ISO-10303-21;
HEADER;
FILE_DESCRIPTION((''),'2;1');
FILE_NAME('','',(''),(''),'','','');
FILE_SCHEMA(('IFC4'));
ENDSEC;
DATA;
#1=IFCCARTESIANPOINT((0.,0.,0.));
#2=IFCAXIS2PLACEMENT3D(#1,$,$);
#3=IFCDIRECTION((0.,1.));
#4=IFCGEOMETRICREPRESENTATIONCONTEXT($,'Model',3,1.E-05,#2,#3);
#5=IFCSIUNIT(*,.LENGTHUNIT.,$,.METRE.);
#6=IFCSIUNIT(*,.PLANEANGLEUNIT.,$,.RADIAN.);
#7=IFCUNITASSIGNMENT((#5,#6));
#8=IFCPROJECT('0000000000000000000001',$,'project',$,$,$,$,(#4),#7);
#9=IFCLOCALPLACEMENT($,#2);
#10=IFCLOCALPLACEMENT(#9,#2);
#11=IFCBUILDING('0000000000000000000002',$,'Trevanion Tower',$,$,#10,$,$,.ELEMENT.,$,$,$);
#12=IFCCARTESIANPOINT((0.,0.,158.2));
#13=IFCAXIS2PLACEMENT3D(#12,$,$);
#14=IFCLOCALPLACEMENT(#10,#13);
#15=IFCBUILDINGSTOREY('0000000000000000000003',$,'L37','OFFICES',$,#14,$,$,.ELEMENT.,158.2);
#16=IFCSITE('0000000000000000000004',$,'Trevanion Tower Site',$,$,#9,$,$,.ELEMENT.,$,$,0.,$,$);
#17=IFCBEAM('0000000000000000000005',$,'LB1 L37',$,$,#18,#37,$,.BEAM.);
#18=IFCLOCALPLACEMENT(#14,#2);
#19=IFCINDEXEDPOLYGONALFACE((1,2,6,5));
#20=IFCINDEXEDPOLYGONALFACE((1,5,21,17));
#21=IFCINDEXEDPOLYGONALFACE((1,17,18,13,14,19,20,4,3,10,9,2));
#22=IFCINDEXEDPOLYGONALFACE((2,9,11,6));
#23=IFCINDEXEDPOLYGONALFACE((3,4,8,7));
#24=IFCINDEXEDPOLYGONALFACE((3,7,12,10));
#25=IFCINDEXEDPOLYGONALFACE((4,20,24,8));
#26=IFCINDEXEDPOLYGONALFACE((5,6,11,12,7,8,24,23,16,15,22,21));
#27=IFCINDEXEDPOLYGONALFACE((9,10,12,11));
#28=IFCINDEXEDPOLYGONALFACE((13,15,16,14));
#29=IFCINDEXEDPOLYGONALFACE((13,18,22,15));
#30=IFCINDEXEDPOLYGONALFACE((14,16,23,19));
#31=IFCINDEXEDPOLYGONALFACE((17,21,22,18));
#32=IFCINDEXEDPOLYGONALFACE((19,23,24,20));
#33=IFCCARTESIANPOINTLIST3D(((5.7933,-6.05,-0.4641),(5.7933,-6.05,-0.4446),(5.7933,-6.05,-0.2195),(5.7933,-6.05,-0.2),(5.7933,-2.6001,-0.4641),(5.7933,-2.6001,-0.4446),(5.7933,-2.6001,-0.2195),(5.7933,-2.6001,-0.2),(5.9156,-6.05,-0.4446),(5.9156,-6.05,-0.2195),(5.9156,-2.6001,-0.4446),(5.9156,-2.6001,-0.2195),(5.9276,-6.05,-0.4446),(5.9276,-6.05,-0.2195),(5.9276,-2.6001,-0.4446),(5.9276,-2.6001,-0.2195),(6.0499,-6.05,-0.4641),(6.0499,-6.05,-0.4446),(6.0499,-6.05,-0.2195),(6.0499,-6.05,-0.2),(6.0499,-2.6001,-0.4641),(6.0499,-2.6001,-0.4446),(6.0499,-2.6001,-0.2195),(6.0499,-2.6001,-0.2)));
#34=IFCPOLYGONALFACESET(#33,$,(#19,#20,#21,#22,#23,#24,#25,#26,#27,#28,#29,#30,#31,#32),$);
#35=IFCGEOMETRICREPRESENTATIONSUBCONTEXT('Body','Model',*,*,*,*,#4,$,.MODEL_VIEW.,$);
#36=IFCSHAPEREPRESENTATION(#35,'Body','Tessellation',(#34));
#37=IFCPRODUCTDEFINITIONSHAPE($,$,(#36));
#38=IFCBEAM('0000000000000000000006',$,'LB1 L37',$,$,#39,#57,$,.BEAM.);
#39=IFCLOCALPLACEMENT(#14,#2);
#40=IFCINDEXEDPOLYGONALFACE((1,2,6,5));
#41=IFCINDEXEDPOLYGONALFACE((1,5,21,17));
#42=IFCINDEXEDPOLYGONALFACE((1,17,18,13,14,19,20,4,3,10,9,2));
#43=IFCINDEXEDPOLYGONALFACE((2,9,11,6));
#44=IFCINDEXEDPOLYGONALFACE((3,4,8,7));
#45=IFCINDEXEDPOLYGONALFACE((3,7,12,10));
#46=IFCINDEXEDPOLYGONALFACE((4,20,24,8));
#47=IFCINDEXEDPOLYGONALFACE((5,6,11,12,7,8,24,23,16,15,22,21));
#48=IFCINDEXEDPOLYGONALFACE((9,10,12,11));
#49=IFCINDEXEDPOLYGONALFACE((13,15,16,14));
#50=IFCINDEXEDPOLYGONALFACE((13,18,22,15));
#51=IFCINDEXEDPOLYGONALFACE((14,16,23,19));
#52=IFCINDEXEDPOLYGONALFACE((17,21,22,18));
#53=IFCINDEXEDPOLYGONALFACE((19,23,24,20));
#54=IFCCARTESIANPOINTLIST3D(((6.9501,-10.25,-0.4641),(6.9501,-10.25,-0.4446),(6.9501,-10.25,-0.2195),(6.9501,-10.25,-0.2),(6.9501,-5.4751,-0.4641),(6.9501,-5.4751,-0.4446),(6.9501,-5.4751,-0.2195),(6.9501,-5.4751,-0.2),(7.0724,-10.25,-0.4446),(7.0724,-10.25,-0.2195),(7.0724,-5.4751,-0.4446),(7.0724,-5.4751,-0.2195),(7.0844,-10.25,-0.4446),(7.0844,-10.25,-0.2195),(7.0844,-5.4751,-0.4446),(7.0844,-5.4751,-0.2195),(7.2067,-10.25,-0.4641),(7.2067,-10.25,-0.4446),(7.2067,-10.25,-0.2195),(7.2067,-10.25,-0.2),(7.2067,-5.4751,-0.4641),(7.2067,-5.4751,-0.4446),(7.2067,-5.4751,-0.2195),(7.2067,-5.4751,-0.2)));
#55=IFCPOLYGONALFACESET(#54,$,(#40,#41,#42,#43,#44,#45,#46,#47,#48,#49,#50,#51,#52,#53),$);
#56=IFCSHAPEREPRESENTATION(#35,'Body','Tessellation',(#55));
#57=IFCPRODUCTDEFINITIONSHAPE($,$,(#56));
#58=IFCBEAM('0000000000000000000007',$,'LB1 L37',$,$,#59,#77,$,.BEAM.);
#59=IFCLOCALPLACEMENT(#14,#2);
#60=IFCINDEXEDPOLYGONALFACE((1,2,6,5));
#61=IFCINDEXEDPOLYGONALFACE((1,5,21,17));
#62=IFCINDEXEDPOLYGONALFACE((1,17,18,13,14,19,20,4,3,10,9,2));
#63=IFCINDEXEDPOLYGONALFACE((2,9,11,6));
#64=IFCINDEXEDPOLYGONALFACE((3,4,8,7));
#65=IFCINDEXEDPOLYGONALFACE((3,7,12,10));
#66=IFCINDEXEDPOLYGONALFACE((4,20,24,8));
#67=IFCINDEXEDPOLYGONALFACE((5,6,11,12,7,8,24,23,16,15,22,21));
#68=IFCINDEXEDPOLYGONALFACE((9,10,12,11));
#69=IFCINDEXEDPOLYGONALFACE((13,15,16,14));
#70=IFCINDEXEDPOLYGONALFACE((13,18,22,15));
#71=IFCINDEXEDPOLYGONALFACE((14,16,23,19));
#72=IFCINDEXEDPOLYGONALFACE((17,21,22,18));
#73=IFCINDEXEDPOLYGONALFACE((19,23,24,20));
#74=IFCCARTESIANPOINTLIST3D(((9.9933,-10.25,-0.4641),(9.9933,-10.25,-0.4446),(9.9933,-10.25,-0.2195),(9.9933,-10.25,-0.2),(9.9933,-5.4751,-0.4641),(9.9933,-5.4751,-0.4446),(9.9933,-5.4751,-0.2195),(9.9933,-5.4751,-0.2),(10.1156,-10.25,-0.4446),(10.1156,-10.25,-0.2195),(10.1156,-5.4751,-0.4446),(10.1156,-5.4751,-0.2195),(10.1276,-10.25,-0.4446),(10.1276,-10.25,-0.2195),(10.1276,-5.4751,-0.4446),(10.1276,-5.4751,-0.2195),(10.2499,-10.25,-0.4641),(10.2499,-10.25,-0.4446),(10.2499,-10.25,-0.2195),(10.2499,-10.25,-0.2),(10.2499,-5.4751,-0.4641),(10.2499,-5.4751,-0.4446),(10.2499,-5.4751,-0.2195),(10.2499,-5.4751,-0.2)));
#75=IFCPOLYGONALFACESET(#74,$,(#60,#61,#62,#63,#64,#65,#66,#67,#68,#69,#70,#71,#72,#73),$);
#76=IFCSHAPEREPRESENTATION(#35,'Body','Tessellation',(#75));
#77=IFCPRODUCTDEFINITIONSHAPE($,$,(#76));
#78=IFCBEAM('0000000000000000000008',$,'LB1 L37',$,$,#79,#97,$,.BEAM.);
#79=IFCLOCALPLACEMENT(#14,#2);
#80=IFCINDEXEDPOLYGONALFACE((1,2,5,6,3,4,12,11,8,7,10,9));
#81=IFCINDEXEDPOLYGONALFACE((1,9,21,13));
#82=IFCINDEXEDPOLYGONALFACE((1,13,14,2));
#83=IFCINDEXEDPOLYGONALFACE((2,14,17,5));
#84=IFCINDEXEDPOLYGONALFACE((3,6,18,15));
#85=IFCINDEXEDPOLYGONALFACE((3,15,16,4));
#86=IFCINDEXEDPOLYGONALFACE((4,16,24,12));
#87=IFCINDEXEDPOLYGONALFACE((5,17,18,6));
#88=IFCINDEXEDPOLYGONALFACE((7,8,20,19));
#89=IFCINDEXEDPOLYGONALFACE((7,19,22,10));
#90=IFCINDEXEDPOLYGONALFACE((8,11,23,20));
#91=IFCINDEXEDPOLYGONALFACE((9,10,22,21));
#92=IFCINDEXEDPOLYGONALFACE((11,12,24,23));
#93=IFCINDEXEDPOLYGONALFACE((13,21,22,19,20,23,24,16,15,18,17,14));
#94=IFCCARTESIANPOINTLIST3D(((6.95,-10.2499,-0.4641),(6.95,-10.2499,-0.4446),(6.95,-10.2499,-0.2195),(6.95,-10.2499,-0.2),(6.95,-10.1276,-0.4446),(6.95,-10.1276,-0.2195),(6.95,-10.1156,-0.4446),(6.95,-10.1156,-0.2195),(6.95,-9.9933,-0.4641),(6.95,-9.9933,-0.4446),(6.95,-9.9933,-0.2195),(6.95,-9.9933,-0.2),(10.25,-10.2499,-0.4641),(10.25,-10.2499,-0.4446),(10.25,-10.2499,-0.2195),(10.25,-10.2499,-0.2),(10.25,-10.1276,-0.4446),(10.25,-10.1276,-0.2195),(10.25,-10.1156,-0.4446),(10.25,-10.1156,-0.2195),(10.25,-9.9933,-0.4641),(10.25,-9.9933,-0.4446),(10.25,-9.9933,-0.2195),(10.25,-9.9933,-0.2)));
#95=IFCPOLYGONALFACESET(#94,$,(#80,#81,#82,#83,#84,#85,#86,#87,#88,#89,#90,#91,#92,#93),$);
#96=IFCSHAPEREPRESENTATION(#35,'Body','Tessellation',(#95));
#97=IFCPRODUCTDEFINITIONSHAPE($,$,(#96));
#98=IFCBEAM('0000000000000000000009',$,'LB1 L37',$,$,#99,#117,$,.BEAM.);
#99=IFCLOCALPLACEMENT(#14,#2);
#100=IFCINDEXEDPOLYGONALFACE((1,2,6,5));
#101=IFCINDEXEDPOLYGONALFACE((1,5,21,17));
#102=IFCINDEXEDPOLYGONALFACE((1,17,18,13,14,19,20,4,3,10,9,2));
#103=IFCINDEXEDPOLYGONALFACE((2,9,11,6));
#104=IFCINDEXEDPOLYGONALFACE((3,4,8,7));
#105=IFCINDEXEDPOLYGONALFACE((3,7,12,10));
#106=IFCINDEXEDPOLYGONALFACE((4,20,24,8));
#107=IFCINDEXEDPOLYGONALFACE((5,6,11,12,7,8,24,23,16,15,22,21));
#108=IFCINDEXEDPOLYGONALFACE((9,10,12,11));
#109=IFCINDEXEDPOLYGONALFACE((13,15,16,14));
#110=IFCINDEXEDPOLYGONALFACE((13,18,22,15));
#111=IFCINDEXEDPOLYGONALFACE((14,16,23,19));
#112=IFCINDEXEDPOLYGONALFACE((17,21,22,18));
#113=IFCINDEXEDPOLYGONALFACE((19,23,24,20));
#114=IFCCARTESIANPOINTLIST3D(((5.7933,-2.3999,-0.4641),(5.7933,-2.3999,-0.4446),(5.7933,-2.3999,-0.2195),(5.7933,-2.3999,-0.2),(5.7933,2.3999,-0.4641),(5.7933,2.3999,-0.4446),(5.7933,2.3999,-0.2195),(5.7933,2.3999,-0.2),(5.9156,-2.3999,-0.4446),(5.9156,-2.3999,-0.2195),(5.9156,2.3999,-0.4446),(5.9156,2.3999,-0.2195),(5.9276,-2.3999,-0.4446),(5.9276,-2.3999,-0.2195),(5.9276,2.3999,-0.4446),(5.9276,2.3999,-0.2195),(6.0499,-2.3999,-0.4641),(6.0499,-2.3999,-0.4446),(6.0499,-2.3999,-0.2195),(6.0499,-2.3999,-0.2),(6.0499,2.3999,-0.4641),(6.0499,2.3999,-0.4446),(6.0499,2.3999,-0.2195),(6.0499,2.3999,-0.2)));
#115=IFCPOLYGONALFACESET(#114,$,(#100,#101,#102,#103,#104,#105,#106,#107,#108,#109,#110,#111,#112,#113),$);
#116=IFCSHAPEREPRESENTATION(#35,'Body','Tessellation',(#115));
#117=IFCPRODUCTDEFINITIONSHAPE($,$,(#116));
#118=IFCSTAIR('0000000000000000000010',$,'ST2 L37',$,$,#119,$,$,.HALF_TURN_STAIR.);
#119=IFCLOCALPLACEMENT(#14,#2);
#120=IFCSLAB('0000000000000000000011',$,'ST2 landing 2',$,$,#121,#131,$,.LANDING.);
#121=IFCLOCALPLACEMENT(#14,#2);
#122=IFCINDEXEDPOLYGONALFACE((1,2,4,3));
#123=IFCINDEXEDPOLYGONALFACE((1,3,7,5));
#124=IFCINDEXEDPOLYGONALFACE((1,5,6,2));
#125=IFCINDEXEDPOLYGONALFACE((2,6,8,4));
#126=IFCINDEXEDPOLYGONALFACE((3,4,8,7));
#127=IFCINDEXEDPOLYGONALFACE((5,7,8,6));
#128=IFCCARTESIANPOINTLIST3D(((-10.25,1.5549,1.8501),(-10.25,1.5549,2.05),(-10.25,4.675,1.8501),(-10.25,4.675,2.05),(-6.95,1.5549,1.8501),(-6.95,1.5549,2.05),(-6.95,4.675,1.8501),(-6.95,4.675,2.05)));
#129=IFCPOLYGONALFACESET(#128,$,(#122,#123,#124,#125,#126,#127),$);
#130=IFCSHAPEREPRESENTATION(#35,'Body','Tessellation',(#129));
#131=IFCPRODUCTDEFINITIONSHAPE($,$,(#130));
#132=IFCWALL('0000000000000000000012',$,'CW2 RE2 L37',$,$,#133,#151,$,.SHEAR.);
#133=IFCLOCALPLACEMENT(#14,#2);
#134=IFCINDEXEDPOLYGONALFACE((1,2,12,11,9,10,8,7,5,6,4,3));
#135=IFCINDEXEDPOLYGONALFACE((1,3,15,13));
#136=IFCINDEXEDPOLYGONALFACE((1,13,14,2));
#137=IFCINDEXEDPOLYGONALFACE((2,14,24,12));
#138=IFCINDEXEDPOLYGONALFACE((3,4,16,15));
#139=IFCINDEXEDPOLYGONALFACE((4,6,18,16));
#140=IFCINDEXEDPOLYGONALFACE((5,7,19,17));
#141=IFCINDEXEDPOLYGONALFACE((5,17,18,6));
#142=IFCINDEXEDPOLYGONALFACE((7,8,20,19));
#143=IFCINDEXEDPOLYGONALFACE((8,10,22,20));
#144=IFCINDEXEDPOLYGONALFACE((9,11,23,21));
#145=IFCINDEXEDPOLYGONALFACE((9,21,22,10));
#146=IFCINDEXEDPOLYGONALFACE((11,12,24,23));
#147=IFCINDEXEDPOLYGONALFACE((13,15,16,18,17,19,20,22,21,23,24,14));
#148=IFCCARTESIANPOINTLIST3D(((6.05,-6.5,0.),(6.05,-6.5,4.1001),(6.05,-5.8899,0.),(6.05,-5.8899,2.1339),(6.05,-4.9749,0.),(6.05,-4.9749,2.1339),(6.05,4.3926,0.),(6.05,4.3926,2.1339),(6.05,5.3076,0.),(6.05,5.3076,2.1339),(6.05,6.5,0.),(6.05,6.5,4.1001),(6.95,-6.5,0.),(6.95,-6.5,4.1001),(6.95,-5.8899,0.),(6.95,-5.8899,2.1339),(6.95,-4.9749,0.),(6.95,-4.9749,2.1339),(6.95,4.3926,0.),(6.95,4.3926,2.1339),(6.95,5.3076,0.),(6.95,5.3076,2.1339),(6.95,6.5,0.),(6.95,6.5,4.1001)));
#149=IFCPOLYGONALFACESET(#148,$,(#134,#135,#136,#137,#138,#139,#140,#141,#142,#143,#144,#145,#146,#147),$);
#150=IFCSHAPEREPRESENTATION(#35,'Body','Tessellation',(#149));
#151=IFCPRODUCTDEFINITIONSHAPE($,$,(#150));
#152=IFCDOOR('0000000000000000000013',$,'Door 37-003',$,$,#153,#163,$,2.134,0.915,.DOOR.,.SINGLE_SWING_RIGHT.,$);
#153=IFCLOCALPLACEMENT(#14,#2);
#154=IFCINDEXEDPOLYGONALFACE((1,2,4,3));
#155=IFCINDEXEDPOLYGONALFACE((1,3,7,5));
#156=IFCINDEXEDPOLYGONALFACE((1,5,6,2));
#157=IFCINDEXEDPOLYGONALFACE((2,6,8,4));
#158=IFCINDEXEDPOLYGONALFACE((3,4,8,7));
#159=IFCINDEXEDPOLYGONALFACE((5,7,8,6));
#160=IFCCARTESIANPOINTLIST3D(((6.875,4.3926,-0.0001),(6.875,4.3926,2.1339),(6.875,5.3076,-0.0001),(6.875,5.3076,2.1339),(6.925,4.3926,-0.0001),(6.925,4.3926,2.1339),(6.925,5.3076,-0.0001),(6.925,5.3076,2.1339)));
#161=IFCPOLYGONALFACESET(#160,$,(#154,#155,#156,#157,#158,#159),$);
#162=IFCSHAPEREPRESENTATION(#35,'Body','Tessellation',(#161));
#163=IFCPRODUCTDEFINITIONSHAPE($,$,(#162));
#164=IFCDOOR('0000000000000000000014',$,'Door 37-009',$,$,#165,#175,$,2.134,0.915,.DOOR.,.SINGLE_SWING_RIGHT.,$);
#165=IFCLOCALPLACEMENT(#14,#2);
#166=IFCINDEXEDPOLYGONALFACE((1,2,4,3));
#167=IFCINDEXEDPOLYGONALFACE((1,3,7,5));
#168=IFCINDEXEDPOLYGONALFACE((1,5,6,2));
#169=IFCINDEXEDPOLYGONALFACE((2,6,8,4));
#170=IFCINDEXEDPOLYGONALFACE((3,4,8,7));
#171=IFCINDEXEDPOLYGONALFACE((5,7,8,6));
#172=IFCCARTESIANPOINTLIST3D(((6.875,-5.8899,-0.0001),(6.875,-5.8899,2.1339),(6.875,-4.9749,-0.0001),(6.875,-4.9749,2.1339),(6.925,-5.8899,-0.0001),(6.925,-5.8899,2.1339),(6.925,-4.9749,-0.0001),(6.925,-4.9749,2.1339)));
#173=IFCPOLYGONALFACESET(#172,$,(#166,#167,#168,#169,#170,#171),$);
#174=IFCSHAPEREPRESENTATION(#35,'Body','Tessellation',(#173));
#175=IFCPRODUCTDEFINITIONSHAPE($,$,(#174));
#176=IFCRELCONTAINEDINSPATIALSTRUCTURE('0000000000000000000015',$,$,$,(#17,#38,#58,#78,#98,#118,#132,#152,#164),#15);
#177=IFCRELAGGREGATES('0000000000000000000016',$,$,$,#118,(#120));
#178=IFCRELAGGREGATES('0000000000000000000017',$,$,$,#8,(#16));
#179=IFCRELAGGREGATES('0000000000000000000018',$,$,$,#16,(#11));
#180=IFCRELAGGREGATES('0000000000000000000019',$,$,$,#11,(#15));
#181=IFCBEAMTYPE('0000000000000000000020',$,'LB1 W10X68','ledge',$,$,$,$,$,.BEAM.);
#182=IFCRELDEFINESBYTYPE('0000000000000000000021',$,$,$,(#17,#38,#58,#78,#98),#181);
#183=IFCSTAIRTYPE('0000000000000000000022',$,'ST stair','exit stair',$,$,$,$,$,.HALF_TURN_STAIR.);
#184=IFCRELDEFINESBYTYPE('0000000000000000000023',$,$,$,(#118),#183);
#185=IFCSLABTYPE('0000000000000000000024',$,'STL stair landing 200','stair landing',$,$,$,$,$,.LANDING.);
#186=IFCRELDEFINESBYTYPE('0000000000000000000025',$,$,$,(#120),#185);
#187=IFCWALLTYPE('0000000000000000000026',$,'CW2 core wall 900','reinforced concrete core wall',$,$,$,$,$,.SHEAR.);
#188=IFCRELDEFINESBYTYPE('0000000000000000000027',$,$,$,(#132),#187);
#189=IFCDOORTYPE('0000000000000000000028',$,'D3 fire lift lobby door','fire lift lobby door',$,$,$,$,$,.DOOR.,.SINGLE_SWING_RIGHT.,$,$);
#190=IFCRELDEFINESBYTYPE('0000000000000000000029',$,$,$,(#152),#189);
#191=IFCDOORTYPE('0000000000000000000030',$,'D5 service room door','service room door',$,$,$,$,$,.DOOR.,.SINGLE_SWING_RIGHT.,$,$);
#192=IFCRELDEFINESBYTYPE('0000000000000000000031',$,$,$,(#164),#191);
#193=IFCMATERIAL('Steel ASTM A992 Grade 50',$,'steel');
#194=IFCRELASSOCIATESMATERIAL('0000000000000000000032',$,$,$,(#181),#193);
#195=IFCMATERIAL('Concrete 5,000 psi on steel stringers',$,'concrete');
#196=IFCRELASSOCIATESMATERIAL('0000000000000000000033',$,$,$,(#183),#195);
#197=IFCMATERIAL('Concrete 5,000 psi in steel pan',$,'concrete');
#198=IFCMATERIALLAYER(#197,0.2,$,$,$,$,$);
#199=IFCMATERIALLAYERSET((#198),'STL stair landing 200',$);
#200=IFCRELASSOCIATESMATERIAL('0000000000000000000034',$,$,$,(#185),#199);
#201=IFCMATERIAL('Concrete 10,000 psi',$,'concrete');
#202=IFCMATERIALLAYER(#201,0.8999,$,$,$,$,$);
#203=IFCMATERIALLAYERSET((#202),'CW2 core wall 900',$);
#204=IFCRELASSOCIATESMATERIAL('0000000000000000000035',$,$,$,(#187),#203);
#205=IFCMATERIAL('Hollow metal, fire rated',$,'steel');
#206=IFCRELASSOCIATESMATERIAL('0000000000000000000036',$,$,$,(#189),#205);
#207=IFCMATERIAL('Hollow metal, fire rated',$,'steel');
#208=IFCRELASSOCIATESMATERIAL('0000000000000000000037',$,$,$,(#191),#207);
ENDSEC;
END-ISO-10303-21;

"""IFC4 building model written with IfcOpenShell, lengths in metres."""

from ifc_helpers import new_model, si_unit, direction, frame, frame_2d, origin, origin_2d, place, context, subcontext, project, spatial, polyline, rectangle, i_section, outline, extrude, material, layer, layer_set, material_profile, profile_set, type_object, element, fill, aggregate, save


model = new_model("IFC4")

# Units and contexts
model_context = context("Model", 3, precision=1e-05, world=origin(), true_north=direction((0.0, 1.0)))
body_context = subcontext(model_context, "Body", "Model", "MODEL_VIEW")
ifc_project = project(units=[si_unit("LENGTHUNIT", "METRE"), si_unit("PLANEANGLEUNIT", "RADIAN")], contexts=[model_context])

# Site, building, storey
site_placement = place(None, origin())
site = spatial("IfcSite", under=ifc_project, at=site_placement, Name="Trevanion Tower Site", CompositionType="ELEMENT", RefElevation=0.0)
building_placement = place(site_placement, origin())
building = spatial("IfcBuilding", under=site, at=building_placement, Name="Trevanion Tower", CompositionType="ELEMENT")
storey_placement = place(building_placement, frame((0.0, 0.0, 158.2)))
storey = spatial("IfcBuildingStorey", under=building, at=storey_placement, Name="L37", Description="OFFICES", CompositionType="ELEMENT", Elevation=158.2)

# Beams
ifc_material_1 = material(Name="Steel ASTM A992 Grade 50", Category="steel")
ifc_material_profile = material_profile(ifc_material_1, i_section(OverallWidth=0.2566, OverallDepth=0.2642, WebThickness=0.012, FlangeThickness=0.0195, at=origin_2d()), Name="W10X68")
ifc_profile_set = profile_set([ifc_material_profile], Name="Steel ASTM A992 Grade 50")
beam_type = type_object("IfcBeamType", Name="LB1 W10X68", Description="ledge", PredefinedType="BEAM", material=ifc_profile_set)
beam_1_placement = place(storey_placement, frame((5.9216, -6.05, -0.332), z_axis=(0.0, 1.0, 0.0), x_axis=(-1.0, 0.0, 0.0)))
element("IfcBeam", 1, at=beam_1_placement, inside=storey, type_object=beam_type, Name="LB1 L37", PredefinedType="BEAM", context=body_context, shape_type="SweptSolid", body=[
    extrude(i_section(OverallWidth=0.2566, OverallDepth=0.2642, WebThickness=0.012, FlangeThickness=0.0195, at=origin_2d()), origin(), (0.0, 0.0, 1.0), 3.45),
])
for number, where, z_axis, x_axis, name in (
    (2, (7.0784, -10.25, -0.332), (0.0, 1.0, 0.0), (-1.0, 0.0, 0.0), "LB1 L37"),
    (3, (10.1216, -10.25, -0.332), (0.0, 1.0, 0.0), (-1.0, 0.0, 0.0), "LB1 L37"),
):
    element("IfcBeam", number, at=place(storey_placement, frame(where, z_axis=z_axis, x_axis=x_axis)), inside=storey, type_object=beam_type, Name=name, PredefinedType="BEAM", context=body_context, shape_type="SweptSolid", body=[
        extrude(i_section(OverallWidth=0.2566, OverallDepth=0.2642, WebThickness=0.012, FlangeThickness=0.0195, at=origin_2d()), origin(), (0.0, 0.0, 1.0), 4.7749),
    ])
beam_2_placement = place(storey_placement, frame((6.95, -10.1216, -0.332), z_axis=(1.0, 0.0, 0.0), x_axis=(0.0, 1.0, 0.0)))
element("IfcBeam", 4, at=beam_2_placement, inside=storey, type_object=beam_type, Name="LB1 L37", PredefinedType="BEAM", context=body_context, shape_type="SweptSolid", body=[
    extrude(i_section(OverallWidth=0.2566, OverallDepth=0.2642, WebThickness=0.012, FlangeThickness=0.0195, at=origin_2d()), origin(), (0.0, 0.0, 1.0), 3.3),
])
beam_3_placement = place(storey_placement, frame((5.9216, -2.3999, -0.332), z_axis=(0.0, 1.0, 0.0), x_axis=(-1.0, 0.0, 0.0)))
element("IfcBeam", 5, at=beam_3_placement, inside=storey, type_object=beam_type, Name="LB1 L37", PredefinedType="BEAM", context=body_context, shape_type="SweptSolid", body=[
    extrude(i_section(OverallWidth=0.2566, OverallDepth=0.2642, WebThickness=0.012, FlangeThickness=0.0195, at=origin_2d()), origin(), (0.0, 0.0, 1.0), 4.7998),
])

# Stair, slab
ifc_material_2 = material(Name="Concrete 5,000 psi on steel stringers", Category="concrete")
stair_type = type_object("IfcStairType", Name="ST stair", Description="exit stair", PredefinedType="HALF_TURN_STAIR", material=ifc_material_2)
stair_1_placement = place(storey_placement, origin())
stair_1 = element("IfcStair", 6, at=stair_1_placement, inside=storey, type_object=stair_type, Name="ST2 L37", PredefinedType="HALF_TURN_STAIR")
ifc_material_3 = material(Name="Concrete 5,000 psi in steel pan", Category="concrete")
ifc_layer_1 = layer(ifc_material_3, 0.2)
ifc_layer_set_1 = layer_set([ifc_layer_1], Name="STL stair landing 200")
slab_type = type_object("IfcSlabType", Name="STL stair landing 200", Description="stair landing", PredefinedType="LANDING", material=ifc_layer_set_1)
slab_placement = place(storey_placement, frame((0.0, 0.0, 1.8501)))
slab = element("IfcSlab", 7, at=slab_placement, type_object=slab_type, Name="ST2 landing 2", PredefinedType="LANDING", context=body_context, shape_type="SweptSolid", body=[
    extrude(outline(polyline([(-6.95, 4.675), (-10.25, 4.675), (-10.25, 1.5549), (-6.95, 1.5549), (-6.95, 4.675)])), origin(), (0.0, 0.0, 1.0), 0.2),
])
aggregate(stair_1, [slab])

# Wall, openings, doors
ifc_material_4 = material(Name="Concrete 10,000 psi", Category="concrete")
ifc_layer_2 = layer(ifc_material_4, 0.8999)
ifc_layer_set_2 = layer_set([ifc_layer_2], Name="CW2 core wall 900")
wall_type_1 = type_object("IfcWallType", Name="CW2 core wall 900", Description="reinforced concrete core wall", PredefinedType="SHEAR", material=ifc_layer_set_2)
wall_1_placement = place(storey_placement, frame((6.5, -6.5, 0.0), z_axis=(0.0, 0.0, 1.0), x_axis=(0.0, 1.0, 0.0)))
wall_1 = element("IfcWall", 8, at=wall_1_placement, inside=storey, type_object=wall_type_1, Name="CW2 RE2 L37", PredefinedType="SHEAR", context=body_context, shape_type="SweptSolid", body=[
    extrude(rectangle(XDim=13.0, YDim=0.8999, at=frame_2d((6.5, 0.0))), origin(), (0.0, 0.0, 1.0), 4.1001),
])
opening_1_placement = place(wall_1_placement, frame((10.8926, 0.0, 0.0)))
opening_1 = element("IfcOpeningElement", 9, at=opening_1_placement, cuts=wall_1, PredefinedType="OPENING", context=body_context, shape_type="SweptSolid", body=[
    extrude(rectangle(XDim=0.915, YDim=2.134, at=frame_2d((0.4575, 1.0669))), frame((0.0, 0.46, 0.0), z_axis=(0.0, -1.0, 0.0), x_axis=(1.0, 0.0, 0.0)), (0.0, 0.0, 1.0), 0.9199),
])
opening_2_placement = place(wall_1_placement, frame((0.6101, 0.0, 0.0)))
opening_2 = element("IfcOpeningElement", 10, at=opening_2_placement, cuts=wall_1, PredefinedType="OPENING", context=body_context, shape_type="SweptSolid", body=[
    extrude(rectangle(XDim=0.915, YDim=2.134, at=frame_2d((0.4575, 1.0669))), frame((0.0, 0.46, 0.0), z_axis=(0.0, -1.0, 0.0), x_axis=(1.0, 0.0, 0.0)), (0.0, 0.0, 1.0), 0.9199),
])
ifc_material_5 = material(Name="Hollow metal, fire rated", Category="steel")
door_type_1 = type_object("IfcDoorType", Name="D3 fire lift lobby door", Description="fire lift lobby door", OperationType="SINGLE_SWING_RIGHT", PredefinedType="DOOR", material=ifc_material_5)
door_1_placement = place(opening_1_placement, origin())
door_1 = element("IfcDoor", 11, at=door_1_placement, inside=storey, type_object=door_type_1, Name="Door 37-003", OperationType="SINGLE_SWING_RIGHT", OverallHeight=2.134, OverallWidth=0.915, PredefinedType="DOOR", context=body_context, shape_type="SweptSolid", body=[
    extrude(rectangle(XDim=0.915, YDim=2.134, at=frame_2d((0.4575, 1.0669))), frame((0.0, -0.375, 0.0), z_axis=(0.0, -1.0, 0.0), x_axis=(1.0, 0.0, 0.0)), (0.0, 0.0, 1.0), 0.05),
])
fill(opening_1, door_1)
ifc_material_6 = material(Name="Hollow metal, fire rated", Category="steel")
door_type_2 = type_object("IfcDoorType", Name="D5 service room door", Description="service room door", OperationType="SINGLE_SWING_RIGHT", PredefinedType="DOOR", material=ifc_material_6)
door_2_placement = place(opening_2_placement, origin())
door_2 = element("IfcDoor", 12, at=door_2_placement, inside=storey, type_object=door_type_2, Name="Door 37-009", OperationType="SINGLE_SWING_RIGHT", OverallHeight=2.134, OverallWidth=0.915, PredefinedType="DOOR", context=body_context, shape_type="SweptSolid", body=[
    extrude(rectangle(XDim=0.915, YDim=2.134, at=frame_2d((0.4575, 1.0669))), frame((0.0, -0.375, 0.0), z_axis=(0.0, -1.0, 0.0), x_axis=(1.0, 0.0, 0.0)), (0.0, 0.0, 1.0), 0.05),
])
fill(opening_2, door_2)

save(model, "model.ifc")
